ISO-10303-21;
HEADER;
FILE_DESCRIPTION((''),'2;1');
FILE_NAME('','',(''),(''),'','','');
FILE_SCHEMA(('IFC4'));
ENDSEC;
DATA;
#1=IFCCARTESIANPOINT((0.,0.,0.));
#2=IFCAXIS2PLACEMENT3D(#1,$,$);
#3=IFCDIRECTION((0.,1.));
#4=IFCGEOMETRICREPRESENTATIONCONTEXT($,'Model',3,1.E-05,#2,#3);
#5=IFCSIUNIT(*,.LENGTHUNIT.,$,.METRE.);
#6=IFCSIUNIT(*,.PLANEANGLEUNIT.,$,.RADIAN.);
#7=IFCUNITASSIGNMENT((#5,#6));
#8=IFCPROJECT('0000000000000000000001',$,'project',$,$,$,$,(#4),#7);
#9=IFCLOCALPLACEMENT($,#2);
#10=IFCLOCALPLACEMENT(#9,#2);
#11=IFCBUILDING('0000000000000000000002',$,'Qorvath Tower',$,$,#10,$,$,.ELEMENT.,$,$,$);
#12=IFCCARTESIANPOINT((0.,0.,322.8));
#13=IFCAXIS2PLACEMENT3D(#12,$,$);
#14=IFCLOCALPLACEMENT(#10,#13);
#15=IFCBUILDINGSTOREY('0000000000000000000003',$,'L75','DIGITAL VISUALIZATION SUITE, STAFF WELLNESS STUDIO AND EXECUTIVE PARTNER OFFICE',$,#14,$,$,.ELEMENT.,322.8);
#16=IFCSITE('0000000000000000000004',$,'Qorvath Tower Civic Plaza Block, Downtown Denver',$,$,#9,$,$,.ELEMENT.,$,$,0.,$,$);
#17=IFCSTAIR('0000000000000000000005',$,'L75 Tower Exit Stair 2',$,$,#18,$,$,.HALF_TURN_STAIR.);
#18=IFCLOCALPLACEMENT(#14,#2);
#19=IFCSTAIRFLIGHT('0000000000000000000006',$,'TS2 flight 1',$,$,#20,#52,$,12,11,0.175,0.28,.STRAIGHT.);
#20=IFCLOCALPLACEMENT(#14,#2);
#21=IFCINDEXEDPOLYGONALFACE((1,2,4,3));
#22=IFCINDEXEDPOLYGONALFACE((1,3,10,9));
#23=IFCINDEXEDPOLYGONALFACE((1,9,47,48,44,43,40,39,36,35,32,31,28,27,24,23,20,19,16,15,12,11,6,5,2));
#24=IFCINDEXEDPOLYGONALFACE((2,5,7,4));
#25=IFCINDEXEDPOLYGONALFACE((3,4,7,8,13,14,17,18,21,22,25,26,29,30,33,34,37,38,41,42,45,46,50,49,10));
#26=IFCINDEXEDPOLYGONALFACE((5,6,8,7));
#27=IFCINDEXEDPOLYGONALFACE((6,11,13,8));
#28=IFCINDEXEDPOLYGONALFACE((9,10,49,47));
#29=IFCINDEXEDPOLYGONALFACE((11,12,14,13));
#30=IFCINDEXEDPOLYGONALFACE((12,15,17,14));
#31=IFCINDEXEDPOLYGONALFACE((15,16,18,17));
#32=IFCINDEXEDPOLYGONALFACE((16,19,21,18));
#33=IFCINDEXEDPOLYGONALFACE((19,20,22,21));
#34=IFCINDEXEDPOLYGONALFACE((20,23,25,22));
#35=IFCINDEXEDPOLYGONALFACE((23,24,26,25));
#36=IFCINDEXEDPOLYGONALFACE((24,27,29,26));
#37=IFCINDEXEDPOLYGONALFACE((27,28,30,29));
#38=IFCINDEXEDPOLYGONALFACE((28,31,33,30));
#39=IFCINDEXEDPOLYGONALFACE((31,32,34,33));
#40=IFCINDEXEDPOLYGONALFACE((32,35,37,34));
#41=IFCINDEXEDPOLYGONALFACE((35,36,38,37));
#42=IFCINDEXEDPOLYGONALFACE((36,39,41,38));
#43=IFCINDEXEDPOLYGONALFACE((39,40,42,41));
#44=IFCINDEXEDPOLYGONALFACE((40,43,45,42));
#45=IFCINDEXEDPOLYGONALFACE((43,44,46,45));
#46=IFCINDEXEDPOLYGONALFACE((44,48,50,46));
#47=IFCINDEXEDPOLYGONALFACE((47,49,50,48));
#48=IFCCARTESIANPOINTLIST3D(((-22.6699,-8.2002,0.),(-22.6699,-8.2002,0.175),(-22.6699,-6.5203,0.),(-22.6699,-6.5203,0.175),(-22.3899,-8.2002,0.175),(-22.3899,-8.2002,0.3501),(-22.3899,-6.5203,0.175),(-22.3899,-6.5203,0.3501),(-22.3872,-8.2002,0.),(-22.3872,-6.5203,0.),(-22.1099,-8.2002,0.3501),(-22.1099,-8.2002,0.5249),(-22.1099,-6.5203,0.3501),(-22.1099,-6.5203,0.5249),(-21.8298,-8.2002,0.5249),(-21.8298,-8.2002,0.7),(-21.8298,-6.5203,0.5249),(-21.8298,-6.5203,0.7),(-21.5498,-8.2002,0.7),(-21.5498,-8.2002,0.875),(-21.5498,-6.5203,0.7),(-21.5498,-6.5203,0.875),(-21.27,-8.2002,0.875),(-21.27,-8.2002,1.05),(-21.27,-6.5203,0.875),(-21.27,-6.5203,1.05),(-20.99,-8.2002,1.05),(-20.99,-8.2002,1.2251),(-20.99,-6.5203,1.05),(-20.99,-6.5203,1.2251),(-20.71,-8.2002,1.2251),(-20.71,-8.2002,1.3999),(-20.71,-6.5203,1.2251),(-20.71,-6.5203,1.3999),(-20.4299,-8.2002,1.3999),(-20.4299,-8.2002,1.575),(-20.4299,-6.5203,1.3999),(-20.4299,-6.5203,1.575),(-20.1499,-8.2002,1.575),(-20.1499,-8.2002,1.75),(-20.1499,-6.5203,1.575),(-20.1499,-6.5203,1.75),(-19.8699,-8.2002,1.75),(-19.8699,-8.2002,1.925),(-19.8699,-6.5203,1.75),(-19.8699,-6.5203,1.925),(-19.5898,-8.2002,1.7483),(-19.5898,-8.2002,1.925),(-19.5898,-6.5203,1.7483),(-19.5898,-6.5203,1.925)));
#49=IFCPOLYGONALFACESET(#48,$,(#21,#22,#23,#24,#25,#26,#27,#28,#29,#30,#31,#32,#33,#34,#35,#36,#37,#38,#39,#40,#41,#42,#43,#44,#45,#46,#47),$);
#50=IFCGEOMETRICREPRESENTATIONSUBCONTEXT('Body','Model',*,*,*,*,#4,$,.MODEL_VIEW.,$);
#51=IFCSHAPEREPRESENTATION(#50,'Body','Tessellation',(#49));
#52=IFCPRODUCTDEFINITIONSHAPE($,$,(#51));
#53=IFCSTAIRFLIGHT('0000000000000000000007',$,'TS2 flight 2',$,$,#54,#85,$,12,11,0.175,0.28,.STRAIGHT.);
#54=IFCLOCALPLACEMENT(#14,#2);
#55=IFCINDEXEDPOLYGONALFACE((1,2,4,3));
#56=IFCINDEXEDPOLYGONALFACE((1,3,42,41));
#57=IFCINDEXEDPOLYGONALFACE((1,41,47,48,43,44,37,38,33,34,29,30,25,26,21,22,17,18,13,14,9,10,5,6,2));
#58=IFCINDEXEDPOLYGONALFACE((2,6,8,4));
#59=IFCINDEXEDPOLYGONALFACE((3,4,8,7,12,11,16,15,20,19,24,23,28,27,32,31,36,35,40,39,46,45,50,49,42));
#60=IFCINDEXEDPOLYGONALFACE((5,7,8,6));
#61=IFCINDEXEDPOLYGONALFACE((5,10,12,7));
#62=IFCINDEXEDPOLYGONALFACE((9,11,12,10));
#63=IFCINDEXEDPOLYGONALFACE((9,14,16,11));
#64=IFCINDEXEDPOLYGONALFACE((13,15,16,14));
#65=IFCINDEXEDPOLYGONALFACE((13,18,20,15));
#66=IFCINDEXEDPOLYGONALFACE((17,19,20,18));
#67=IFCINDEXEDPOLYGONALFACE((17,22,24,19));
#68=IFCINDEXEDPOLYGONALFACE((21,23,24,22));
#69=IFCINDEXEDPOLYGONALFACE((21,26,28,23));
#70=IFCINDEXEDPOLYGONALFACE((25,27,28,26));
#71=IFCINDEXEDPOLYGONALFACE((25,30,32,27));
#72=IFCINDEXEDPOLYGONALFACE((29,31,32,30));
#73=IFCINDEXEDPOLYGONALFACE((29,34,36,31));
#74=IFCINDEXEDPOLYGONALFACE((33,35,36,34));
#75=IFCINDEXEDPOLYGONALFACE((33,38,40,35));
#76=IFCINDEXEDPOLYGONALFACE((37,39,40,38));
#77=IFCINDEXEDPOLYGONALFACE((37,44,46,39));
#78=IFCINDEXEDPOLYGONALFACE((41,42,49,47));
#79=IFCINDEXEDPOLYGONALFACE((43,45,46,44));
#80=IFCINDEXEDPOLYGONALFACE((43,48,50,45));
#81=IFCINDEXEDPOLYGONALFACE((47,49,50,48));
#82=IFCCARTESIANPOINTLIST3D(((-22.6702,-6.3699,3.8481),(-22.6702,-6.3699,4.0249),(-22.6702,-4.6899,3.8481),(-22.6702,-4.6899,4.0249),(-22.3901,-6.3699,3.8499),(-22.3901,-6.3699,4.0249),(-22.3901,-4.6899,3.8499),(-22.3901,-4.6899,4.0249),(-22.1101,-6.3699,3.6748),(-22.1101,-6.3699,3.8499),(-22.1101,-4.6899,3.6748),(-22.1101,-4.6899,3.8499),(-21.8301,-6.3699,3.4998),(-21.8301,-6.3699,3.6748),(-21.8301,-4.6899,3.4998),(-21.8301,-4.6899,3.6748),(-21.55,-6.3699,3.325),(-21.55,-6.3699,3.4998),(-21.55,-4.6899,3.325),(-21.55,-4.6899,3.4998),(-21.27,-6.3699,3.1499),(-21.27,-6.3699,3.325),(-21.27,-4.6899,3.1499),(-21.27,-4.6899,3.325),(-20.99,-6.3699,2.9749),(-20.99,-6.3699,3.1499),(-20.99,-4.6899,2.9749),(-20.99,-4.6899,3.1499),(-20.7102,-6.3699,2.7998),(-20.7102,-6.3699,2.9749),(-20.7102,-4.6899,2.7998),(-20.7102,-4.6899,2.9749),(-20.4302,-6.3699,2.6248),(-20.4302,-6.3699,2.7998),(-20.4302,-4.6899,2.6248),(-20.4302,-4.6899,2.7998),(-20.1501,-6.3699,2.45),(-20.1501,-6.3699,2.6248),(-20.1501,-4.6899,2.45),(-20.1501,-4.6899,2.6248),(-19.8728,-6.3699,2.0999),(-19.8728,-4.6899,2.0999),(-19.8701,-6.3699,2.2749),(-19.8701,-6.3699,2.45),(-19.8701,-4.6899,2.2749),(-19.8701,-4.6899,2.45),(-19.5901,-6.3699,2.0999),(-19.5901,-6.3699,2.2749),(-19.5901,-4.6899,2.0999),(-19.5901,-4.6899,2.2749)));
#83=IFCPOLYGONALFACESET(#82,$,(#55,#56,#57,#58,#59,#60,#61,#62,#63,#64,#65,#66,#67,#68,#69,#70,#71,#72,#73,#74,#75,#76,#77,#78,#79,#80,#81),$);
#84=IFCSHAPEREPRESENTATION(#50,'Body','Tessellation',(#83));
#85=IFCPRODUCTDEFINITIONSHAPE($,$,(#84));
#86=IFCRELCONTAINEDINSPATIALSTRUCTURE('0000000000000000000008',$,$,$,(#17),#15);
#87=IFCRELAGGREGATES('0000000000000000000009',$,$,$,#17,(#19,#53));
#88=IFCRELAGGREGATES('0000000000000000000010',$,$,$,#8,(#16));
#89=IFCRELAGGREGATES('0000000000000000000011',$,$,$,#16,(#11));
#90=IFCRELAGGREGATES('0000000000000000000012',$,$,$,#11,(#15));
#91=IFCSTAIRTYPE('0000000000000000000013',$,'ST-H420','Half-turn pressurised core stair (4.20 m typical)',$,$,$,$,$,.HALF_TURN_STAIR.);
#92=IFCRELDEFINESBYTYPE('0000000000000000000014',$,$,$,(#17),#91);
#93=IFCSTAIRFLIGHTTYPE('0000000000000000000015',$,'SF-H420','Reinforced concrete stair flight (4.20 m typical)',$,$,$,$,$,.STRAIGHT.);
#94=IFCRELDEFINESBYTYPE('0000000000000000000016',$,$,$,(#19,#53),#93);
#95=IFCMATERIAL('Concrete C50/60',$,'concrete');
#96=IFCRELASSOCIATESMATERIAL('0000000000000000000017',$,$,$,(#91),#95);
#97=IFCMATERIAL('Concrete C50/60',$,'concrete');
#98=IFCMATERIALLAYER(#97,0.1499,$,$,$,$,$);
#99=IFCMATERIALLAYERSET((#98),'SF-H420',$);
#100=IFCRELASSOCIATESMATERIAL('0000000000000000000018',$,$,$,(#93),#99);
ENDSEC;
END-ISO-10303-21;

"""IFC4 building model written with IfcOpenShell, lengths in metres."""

from ifc_helpers import new_model, si_unit, direction, frame, origin, place, context, subcontext, project, spatial, polyline, outline, extrude, material, layer, layer_set, type_object, element, aggregate, save


model = new_model("IFC4")

# Units and contexts
model_context = context("Model", 3, precision=1e-05, world=origin(), true_north=direction((0.0, 1.0)))
body_context = subcontext(model_context, "Body", "Model", "MODEL_VIEW")
ifc_project = project(units=[si_unit("LENGTHUNIT", "METRE"), si_unit("PLANEANGLEUNIT", "RADIAN")], contexts=[model_context])

# Site, building, storey
site_placement = place(None, origin())
site = spatial("IfcSite", under=ifc_project, at=site_placement, Name="Qorvath Tower Civic Plaza Block, Downtown Denver", CompositionType="ELEMENT", RefElevation=0.0)
building_placement = place(site_placement, origin())
building = spatial("IfcBuilding", under=site, at=building_placement, Name="Qorvath Tower", CompositionType="ELEMENT")
storey_placement = place(building_placement, frame((0.0, 0.0, 322.8)))
storey = spatial("IfcBuildingStorey", under=building, at=storey_placement, Name="L75", Description="DIGITAL VISUALIZATION SUITE, STAFF WELLNESS STUDIO AND EXECUTIVE PARTNER OFFICE", CompositionType="ELEMENT", Elevation=322.8)

# Stair, stair flights
ifc_material_1 = material(Name="Concrete C50/60", Category="concrete")
stair_type = type_object("IfcStairType", Name="ST-H420", Description="Half-turn pressurised core stair (4.20 m typical)", PredefinedType="HALF_TURN_STAIR", material=ifc_material_1)
stair_placement = place(storey_placement, origin())
stair = element("IfcStair", 1, at=stair_placement, inside=storey, type_object=stair_type, Name="L75 Tower Exit Stair 2", PredefinedType="HALF_TURN_STAIR")
ifc_material_2 = material(Name="Concrete C50/60", Category="concrete")
ifc_layer_1 = layer(ifc_material_2, 0.1499)
ifc_layer_set_1 = layer_set([ifc_layer_1], Name="SF-H420")
stair_flight_type = type_object("IfcStairFlightType", Name="SF-H420", Description="Reinforced concrete stair flight (4.20 m typical)", PredefinedType="STRAIGHT", material=ifc_layer_set_1)
stair_flight_1_placement = place(storey_placement, frame((-22.6699, -7.3601, 0.0), z_axis=(0.0, 0.0, 1.0), x_axis=(1.0, 0.0, 0.0)))
stair_flight_1 = element("IfcStairFlight", 2, at=stair_flight_1_placement, type_object=stair_flight_type, Name="TS2 flight 1", NumberOfRisers=12, NumberOfTreads=11, PredefinedType="STRAIGHT", RiserHeight=0.175, TreadLength=0.28, context=body_context, shape_type="SweptSolid", body=[
    extrude(outline(polyline([(0.0, 0.0), (0.0, 0.175), (0.28, 0.175), (0.28, 0.3501), (0.5601, 0.3501), (0.5601, 0.5249), (0.8401, 0.5249), (0.8401, 0.7), (1.1201, 0.7), (1.1201, 0.875), (1.3999, 0.875), (1.3999, 1.05), (1.6799, 1.05), (1.6799, 1.2251), (1.96, 1.2251), (1.96, 1.3999), (2.24, 1.3999), (2.24, 1.575), (2.52, 1.575), (2.52, 1.75), (2.8, 1.75), (2.8, 1.925), (3.0801, 1.925), (3.0801, 2.1001), (3.0801, 1.7483), (0.2827, 0.0), (0.0, 0.0)])), frame((0.0, 0.8398, 0.0), z_axis=(0.0, -1.0, 0.0), x_axis=(1.0, 0.0, 0.0)), (0.0, 0.0, 1.0), 1.6799),
])
stair_flight_2_placement = place(storey_placement, frame((-19.5901, -5.53, 2.0999), z_axis=(0.0, 0.0, 1.0), x_axis=(-1.0, 0.0, 0.0)))
stair_flight_2 = element("IfcStairFlight", 3, at=stair_flight_2_placement, type_object=stair_flight_type, Name="TS2 flight 2", NumberOfRisers=12, NumberOfTreads=11, PredefinedType="STRAIGHT", RiserHeight=0.175, TreadLength=0.28, context=body_context, shape_type="SweptSolid", body=[
    extrude(outline(polyline([(0.0, 0.0), (0.0, 0.175), (0.28, 0.175), (0.28, 0.3501), (0.5601, 0.3501), (0.5601, 0.5249), (0.8401, 0.5249), (0.8401, 0.7), (1.1201, 0.7), (1.1201, 0.875), (1.3999, 0.875), (1.3999, 1.05), (1.6799, 1.05), (1.6799, 1.2251), (1.96, 1.2251), (1.96, 1.3999), (2.24, 1.3999), (2.24, 1.575), (2.52, 1.575), (2.52, 1.75), (2.8, 1.75), (2.8, 1.925), (3.0801, 1.925), (3.0801, 2.1001), (3.0801, 1.7483), (0.2827, 0.0), (0.0, 0.0)])), frame((0.0, 0.8398, 0.0), z_axis=(0.0, -1.0, 0.0), x_axis=(1.0, 0.0, 0.0)), (0.0, 0.0, 1.0), 1.6799),
])
aggregate(stair, [stair_flight_1, stair_flight_2])

save(model, "model.ifc")
